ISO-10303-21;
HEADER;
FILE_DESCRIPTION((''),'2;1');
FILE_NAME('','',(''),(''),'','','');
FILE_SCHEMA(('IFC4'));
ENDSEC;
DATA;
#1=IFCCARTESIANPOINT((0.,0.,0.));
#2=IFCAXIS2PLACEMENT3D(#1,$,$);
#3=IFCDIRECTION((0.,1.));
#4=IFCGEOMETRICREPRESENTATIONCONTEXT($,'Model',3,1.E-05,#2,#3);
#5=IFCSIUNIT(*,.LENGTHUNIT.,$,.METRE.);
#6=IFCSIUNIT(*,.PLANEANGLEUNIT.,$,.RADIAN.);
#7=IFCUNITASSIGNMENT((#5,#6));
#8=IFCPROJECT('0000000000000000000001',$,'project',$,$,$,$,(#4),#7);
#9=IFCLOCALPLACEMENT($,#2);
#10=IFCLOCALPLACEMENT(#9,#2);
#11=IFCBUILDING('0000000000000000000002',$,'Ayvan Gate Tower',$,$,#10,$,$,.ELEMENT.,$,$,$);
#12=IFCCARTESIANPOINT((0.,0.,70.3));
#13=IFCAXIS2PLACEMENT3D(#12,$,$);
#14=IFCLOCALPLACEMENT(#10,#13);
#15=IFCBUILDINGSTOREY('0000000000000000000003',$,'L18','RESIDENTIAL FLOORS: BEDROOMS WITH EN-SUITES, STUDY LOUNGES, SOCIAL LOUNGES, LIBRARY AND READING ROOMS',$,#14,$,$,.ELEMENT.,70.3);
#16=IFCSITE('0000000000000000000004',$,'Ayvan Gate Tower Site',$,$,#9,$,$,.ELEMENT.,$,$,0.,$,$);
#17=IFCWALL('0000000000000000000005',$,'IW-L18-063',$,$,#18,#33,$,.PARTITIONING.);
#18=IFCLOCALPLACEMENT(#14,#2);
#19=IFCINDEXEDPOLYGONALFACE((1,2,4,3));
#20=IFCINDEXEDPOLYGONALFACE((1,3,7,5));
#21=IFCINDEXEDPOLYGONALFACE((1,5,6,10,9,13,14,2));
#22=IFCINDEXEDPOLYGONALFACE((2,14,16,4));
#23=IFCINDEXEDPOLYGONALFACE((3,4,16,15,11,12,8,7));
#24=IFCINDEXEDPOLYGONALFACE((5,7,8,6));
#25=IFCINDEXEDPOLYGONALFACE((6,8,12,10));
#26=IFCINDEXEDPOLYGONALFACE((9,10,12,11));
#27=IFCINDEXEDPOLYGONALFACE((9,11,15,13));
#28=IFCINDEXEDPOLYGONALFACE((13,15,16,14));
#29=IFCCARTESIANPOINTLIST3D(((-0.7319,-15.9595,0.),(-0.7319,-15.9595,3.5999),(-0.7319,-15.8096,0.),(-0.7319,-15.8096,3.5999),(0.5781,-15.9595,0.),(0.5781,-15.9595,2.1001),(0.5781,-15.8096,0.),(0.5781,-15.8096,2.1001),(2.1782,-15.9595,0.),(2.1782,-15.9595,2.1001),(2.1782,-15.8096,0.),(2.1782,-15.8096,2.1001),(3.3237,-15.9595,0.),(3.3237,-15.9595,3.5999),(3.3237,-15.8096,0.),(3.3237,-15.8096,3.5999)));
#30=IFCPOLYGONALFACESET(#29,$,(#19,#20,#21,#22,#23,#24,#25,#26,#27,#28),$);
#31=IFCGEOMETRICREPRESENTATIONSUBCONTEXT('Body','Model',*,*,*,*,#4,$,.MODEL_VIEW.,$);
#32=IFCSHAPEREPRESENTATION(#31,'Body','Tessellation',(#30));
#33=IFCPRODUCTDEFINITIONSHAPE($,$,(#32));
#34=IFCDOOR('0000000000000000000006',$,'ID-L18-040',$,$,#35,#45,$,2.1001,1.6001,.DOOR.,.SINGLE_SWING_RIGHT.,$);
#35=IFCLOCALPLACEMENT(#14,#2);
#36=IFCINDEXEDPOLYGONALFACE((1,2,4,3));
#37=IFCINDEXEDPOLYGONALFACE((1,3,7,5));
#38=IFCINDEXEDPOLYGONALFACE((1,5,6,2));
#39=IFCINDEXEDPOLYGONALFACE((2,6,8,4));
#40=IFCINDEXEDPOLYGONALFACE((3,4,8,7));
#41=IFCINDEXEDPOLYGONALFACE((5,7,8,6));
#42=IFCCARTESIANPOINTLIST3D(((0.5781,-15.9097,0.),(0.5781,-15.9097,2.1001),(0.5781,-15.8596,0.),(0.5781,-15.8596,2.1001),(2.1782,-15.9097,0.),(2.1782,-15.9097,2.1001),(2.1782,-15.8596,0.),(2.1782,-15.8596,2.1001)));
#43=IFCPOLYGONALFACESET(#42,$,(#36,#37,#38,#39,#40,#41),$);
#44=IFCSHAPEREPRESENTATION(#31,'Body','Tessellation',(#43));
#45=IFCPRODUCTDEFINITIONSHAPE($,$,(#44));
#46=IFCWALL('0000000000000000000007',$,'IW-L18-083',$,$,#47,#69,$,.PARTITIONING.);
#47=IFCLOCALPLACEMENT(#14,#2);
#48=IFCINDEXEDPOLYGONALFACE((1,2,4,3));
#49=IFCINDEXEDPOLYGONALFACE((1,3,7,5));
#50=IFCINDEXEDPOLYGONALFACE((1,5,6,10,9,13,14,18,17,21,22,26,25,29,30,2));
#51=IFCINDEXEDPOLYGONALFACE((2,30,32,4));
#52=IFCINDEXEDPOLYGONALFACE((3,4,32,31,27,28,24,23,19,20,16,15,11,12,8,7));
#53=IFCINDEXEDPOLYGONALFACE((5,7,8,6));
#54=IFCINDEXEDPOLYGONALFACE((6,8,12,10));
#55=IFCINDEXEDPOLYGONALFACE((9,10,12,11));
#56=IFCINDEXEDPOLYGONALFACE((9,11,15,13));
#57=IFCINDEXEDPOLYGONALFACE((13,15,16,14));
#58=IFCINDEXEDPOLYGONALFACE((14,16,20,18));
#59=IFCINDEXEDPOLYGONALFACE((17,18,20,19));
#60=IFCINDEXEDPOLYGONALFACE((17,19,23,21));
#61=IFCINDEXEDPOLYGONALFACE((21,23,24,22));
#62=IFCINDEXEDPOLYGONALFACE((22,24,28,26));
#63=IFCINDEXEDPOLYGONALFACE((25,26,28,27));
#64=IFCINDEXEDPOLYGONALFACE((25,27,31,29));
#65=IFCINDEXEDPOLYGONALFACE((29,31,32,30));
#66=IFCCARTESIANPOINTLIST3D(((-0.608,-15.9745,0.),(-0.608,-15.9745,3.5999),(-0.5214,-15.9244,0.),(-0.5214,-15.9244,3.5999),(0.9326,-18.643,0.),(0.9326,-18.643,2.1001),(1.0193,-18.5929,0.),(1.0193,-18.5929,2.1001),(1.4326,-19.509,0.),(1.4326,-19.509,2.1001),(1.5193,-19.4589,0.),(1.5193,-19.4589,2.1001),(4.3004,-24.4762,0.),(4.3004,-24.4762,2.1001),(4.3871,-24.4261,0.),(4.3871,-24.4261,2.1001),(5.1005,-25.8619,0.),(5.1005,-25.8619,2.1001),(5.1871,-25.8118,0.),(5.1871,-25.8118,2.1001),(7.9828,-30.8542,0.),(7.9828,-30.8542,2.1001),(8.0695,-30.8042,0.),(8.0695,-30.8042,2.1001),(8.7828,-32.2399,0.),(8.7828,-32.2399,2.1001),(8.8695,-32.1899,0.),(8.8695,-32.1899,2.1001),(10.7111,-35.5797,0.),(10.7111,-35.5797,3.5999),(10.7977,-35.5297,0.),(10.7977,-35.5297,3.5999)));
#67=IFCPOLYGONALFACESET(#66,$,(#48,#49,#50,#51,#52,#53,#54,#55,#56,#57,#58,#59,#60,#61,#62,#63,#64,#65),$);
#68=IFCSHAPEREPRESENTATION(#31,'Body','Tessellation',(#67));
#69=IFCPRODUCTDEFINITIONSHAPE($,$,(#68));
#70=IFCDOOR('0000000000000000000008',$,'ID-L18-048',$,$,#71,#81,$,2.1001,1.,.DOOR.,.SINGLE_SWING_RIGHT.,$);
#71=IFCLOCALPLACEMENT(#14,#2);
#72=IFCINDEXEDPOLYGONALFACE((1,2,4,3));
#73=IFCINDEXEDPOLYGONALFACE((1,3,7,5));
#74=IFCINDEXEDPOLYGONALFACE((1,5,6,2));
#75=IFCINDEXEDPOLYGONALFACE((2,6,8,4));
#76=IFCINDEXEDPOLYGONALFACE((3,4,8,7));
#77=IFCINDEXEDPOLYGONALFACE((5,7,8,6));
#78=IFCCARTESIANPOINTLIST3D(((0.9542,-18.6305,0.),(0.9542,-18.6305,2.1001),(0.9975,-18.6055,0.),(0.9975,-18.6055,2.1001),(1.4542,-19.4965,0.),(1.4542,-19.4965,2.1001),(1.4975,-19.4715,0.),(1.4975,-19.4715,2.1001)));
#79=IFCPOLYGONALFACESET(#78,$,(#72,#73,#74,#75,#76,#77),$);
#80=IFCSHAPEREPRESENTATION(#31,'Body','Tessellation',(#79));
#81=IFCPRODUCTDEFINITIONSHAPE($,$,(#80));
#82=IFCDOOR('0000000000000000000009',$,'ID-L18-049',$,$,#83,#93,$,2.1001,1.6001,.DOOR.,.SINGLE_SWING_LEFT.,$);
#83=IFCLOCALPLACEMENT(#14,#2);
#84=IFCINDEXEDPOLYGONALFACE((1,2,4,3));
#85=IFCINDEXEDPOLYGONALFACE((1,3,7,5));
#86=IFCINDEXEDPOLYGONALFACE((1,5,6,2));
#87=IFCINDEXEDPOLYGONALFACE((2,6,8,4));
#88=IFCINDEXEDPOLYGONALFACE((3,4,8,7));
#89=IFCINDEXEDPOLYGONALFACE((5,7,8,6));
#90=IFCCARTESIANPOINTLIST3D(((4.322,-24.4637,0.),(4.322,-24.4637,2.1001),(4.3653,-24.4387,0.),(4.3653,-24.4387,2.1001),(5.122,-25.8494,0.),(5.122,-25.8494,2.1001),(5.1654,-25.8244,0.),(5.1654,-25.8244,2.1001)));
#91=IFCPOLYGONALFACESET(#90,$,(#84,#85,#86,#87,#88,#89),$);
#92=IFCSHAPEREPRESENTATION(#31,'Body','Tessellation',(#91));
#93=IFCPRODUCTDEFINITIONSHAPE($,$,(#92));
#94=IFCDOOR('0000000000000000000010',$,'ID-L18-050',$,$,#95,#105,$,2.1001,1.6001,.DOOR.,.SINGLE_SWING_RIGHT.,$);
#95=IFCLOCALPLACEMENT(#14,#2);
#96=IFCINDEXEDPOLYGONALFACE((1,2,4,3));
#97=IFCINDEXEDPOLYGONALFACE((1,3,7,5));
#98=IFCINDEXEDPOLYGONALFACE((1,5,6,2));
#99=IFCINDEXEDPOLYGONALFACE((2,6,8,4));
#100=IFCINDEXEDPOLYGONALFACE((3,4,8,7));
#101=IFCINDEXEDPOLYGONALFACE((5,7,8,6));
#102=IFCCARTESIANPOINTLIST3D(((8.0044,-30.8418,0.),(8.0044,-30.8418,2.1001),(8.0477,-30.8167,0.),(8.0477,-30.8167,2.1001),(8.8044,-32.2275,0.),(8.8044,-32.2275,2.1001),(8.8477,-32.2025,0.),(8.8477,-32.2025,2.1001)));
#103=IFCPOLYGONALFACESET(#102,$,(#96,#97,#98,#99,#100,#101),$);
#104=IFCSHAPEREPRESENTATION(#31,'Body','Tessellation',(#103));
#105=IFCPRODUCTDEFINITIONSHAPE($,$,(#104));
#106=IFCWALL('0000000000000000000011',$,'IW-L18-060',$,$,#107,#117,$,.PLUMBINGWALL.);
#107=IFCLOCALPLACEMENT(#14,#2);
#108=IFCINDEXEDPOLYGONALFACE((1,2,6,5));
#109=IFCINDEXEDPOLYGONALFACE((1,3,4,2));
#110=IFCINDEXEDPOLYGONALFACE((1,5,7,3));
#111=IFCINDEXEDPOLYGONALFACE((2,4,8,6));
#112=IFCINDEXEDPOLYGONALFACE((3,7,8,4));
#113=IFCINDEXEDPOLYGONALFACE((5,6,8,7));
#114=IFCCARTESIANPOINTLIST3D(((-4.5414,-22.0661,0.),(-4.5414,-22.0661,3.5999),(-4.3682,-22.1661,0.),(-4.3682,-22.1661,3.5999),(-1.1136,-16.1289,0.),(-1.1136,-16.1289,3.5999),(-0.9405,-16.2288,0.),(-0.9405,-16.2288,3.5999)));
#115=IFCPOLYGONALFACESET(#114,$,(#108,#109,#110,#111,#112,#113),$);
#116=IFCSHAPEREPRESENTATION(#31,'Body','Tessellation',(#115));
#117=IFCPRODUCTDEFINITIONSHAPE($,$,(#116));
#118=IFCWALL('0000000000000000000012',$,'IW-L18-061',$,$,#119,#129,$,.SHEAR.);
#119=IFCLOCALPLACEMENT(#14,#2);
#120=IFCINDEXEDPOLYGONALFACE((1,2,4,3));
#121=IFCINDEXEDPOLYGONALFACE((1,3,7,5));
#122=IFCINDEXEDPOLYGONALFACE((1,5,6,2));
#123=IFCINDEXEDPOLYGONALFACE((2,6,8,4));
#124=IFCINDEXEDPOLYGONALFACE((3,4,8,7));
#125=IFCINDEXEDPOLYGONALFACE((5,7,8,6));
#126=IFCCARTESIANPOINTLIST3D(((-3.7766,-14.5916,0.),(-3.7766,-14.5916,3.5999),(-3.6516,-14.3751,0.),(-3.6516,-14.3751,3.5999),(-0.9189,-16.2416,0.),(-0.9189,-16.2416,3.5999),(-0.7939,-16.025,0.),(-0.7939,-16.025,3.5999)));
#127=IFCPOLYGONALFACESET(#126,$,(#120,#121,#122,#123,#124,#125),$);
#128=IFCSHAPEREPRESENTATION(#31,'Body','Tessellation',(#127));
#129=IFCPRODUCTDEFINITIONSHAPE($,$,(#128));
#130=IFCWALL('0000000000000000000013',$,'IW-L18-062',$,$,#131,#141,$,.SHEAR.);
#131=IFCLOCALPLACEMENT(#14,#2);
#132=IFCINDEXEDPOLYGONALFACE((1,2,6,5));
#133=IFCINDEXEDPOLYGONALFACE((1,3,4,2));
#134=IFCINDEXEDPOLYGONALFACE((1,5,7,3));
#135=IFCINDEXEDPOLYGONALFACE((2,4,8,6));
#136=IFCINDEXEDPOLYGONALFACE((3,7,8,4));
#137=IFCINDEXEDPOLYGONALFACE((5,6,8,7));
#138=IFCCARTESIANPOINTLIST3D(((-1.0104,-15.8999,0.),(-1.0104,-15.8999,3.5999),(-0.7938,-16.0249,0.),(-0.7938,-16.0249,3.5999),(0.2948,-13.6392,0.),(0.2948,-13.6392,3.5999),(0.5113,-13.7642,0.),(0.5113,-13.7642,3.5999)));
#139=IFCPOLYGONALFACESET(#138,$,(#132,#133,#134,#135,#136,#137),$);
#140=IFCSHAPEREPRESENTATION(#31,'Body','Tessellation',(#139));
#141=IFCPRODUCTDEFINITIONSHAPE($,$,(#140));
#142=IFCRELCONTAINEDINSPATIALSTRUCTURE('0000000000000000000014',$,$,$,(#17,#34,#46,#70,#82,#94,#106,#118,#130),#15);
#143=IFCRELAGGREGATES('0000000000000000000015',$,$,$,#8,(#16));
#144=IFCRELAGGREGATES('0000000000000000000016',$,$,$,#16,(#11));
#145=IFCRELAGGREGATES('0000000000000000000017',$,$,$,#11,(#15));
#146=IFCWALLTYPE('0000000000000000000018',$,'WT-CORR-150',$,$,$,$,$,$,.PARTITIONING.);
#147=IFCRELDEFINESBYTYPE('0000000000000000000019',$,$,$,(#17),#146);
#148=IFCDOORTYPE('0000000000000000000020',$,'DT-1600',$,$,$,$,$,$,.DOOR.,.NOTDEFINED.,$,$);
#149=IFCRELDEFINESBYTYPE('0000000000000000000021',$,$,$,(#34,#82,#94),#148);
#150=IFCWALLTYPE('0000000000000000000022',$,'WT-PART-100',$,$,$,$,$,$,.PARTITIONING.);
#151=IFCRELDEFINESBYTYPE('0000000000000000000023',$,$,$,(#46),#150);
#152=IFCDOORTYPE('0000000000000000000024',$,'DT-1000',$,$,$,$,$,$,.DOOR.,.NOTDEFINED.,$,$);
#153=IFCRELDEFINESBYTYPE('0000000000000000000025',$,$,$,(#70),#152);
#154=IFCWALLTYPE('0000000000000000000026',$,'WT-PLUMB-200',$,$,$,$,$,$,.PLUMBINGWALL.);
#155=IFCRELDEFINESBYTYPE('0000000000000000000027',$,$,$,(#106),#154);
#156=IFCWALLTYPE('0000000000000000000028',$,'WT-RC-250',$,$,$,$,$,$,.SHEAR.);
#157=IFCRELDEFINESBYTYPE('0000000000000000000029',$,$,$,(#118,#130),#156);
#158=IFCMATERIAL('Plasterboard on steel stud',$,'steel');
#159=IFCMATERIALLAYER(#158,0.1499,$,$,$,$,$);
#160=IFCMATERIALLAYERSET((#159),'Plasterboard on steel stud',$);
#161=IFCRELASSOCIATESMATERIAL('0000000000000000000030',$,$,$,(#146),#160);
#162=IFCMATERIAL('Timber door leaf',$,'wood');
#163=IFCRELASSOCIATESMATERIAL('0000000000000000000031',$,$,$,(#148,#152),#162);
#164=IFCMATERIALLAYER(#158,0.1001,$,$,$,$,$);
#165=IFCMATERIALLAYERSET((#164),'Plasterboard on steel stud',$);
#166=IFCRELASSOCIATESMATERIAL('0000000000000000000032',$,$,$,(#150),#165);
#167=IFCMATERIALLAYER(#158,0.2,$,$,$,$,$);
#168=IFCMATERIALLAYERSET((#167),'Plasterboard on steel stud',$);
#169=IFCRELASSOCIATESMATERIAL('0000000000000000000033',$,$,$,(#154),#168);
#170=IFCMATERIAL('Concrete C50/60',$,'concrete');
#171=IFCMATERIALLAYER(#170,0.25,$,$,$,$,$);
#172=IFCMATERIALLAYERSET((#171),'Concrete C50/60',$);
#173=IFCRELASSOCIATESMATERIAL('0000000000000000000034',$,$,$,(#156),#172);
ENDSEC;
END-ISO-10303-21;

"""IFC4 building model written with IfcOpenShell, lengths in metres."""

from ifc_helpers import new_model, si_unit, direction, frame, frame_2d, origin, place, context, subcontext, project, spatial, rectangle, extrude, material, layer, layer_set, type_object, element, fill, save


model = new_model("IFC4")

# Units and contexts
model_context = context("Model", 3, precision=1e-05, world=origin(), true_north=direction((0.0, 1.0)))
body_context = subcontext(model_context, "Body", "Model", "MODEL_VIEW")
ifc_project = project(units=[si_unit("LENGTHUNIT", "METRE"), si_unit("PLANEANGLEUNIT", "RADIAN")], contexts=[model_context])

# Site, building, storey
site_placement = place(None, origin())
site = spatial("IfcSite", under=ifc_project, at=site_placement, Name="Ayvan Gate Tower Site", CompositionType="ELEMENT", RefElevation=0.0)
building_placement = place(site_placement, origin())
building = spatial("IfcBuilding", under=site, at=building_placement, Name="Ayvan Gate Tower", CompositionType="ELEMENT")
storey_placement = place(building_placement, frame((0.0, 0.0, 70.3)))
storey = spatial("IfcBuildingStorey", under=building, at=storey_placement, Name="L18", Description="RESIDENTIAL FLOORS: BEDROOMS WITH EN-SUITES, STUDY LOUNGES, SOCIAL LOUNGES, LIBRARY AND READING ROOMS", CompositionType="ELEMENT", Elevation=70.3)

# Wall, opening, door
ifc_material_1 = material(Name="Plasterboard on steel stud", Category="steel")
ifc_layer_1 = layer(ifc_material_1, 0.1499)
ifc_layer_set_1 = layer_set([ifc_layer_1], Name="Plasterboard on steel stud")
wall_type_1 = type_object("IfcWallType", Name="WT-CORR-150", PredefinedType="PARTITIONING", material=ifc_layer_set_1)
wall_1_placement = place(storey_placement, frame((-0.7319, -15.8845, 0.0), z_axis=(0.0, 0.0, 1.0), x_axis=(1.0, 0.0, 0.0)))
wall_1 = element("IfcWall", 1, at=wall_1_placement, inside=storey, type_object=wall_type_1, Name="IW-L18-063", PredefinedType="PARTITIONING", context=body_context, shape_type="SweptSolid", body=[
    extrude(rectangle(XDim=4.0557, YDim=0.1499, at=frame_2d((2.0278, 0.0))), origin(), (0.0, 0.0, 1.0), 3.5999),
])
opening_1_placement = place(wall_1_placement, frame((1.3101, 0.0, 0.0)))
opening_1 = element("IfcOpeningElement", 2, at=opening_1_placement, cuts=wall_1, PredefinedType="OPENING", context=body_context, shape_type="SweptSolid", body=[
    extrude(rectangle(XDim=1.6001, YDim=2.1001, at=frame_2d((0.8, 1.05))), frame((0.0, 0.085, 0.0), z_axis=(0.0, -1.0, 0.0), x_axis=(1.0, 0.0, 0.0)), (0.0, 0.0, 1.0), 0.1699),
])
ifc_material_2 = material(Name="Timber door leaf", Category="wood")
door_type_1 = type_object("IfcDoorType", Name="DT-1600", OperationType="NOTDEFINED", PredefinedType="DOOR", material=ifc_material_2)
door_1_placement = place(opening_1_placement, origin())
door_1 = element("IfcDoor", 3, at=door_1_placement, inside=storey, type_object=door_type_1, Name="ID-L18-040", OperationType="SINGLE_SWING_RIGHT", OverallHeight=2.1001, OverallWidth=1.6001, PredefinedType="DOOR", context=body_context, shape_type="SweptSolid", body=[
    extrude(rectangle(XDim=1.6001, YDim=2.1001, at=frame_2d((0.8, 1.05))), frame((0.0, 0.0249, 0.0), z_axis=(0.0, -1.0, 0.0), x_axis=(1.0, 0.0, 0.0)), (0.0, 0.0, 1.0), 0.05),
])
fill(opening_1, door_1)

# Wall, openings, doors
ifc_layer_2 = layer(ifc_material_1, 0.1001)
ifc_layer_set_2 = layer_set([ifc_layer_2], Name="Plasterboard on steel stud")
wall_type_2 = type_object("IfcWallType", Name="WT-PART-100", PredefinedType="PARTITIONING", material=ifc_layer_set_2)
wall_2_placement = place(storey_placement, frame((-0.5647, -15.9495, 0.0), z_axis=(0.0, 0.0, 1.0), x_axis=(0.5, -0.866025, 0.0)))
wall_2 = element("IfcWall", 4, at=wall_2_placement, inside=storey, type_object=wall_type_2, Name="IW-L18-083", PredefinedType="PARTITIONING", context=body_context, shape_type="SweptSolid", body=[
    extrude(rectangle(XDim=22.6382, YDim=0.1001, at=frame_2d((11.3191, 0.0))), origin(), (0.0, 0.0, 1.0), 3.5999),
])
opening_2_placement = place(wall_2_placement, frame((3.0813, 0.0, 0.0)))
opening_2 = element("IfcOpeningElement", 5, at=opening_2_placement, cuts=wall_2, PredefinedType="OPENING", context=body_context, shape_type="SweptSolid", body=[
    extrude(rectangle(XDim=1.0, YDim=2.1001, at=frame_2d((0.5, 1.05))), frame((0.0, 0.0601, 0.0), z_axis=(0.0, -1.0, 0.0), x_axis=(1.0, 0.0, 0.0)), (0.0, 0.0, 1.0), 0.1201),
])
opening_3_placement = place(wall_2_placement, frame((9.8169, 0.0, 0.0)))
opening_3 = element("IfcOpeningElement", 6, at=opening_3_placement, cuts=wall_2, PredefinedType="OPENING", context=body_context, shape_type="SweptSolid", body=[
    extrude(rectangle(XDim=1.6001, YDim=2.1001, at=frame_2d((0.8, 1.05))), frame((0.0, 0.0601, 0.0), z_axis=(0.0, -1.0, 0.0), x_axis=(1.0, 0.0, 0.0)), (0.0, 0.0, 1.0), 0.1201),
])
opening_4_placement = place(wall_2_placement, frame((17.1816, 0.0, 0.0)))
opening_4 = element("IfcOpeningElement", 7, at=opening_4_placement, cuts=wall_2, PredefinedType="OPENING", context=body_context, shape_type="SweptSolid", body=[
    extrude(rectangle(XDim=1.6001, YDim=2.1001, at=frame_2d((0.8, 1.05))), frame((0.0, 0.0601, 0.0), z_axis=(0.0, -1.0, 0.0), x_axis=(1.0, 0.0, 0.0)), (0.0, 0.0, 1.0), 0.1201),
])
door_type_2 = type_object("IfcDoorType", Name="DT-1000", OperationType="NOTDEFINED", PredefinedType="DOOR", material=ifc_material_2)
door_2_placement = place(opening_2_placement, origin())
door_2 = element("IfcDoor", 8, at=door_2_placement, inside=storey, type_object=door_type_2, Name="ID-L18-048", OperationType="SINGLE_SWING_RIGHT", OverallHeight=2.1001, OverallWidth=1.0, PredefinedType="DOOR", context=body_context, shape_type="SweptSolid", body=[
    extrude(rectangle(XDim=1.0, YDim=2.1001, at=frame_2d((0.5, 1.05))), frame((0.0, 0.0249, 0.0), z_axis=(0.0, -1.0, 0.0), x_axis=(1.0, 0.0, 0.0)), (0.0, 0.0, 1.0), 0.05),
])
fill(opening_2, door_2)
door_3_placement = place(opening_3_placement, origin())
door_3 = element("IfcDoor", 9, at=door_3_placement, inside=storey, type_object=door_type_1, Name="ID-L18-049", OperationType="SINGLE_SWING_LEFT", OverallHeight=2.1001, OverallWidth=1.6001, PredefinedType="DOOR", context=body_context, shape_type="SweptSolid", body=[
    extrude(rectangle(XDim=1.6001, YDim=2.1001, at=frame_2d((0.8, 1.05))), frame((0.0, 0.0249, 0.0), z_axis=(0.0, -1.0, 0.0), x_axis=(1.0, 0.0, 0.0)), (0.0, 0.0, 1.0), 0.05),
])
fill(opening_3, door_3)
door_4_placement = place(opening_4_placement, origin())
door_4 = element("IfcDoor", 10, at=door_4_placement, inside=storey, type_object=door_type_1, Name="ID-L18-050", OperationType="SINGLE_SWING_RIGHT", OverallHeight=2.1001, OverallWidth=1.6001, PredefinedType="DOOR", context=body_context, shape_type="SweptSolid", body=[
    extrude(rectangle(XDim=1.6001, YDim=2.1001, at=frame_2d((0.8, 1.05))), frame((0.0, 0.0249, 0.0), z_axis=(0.0, -1.0, 0.0), x_axis=(1.0, 0.0, 0.0)), (0.0, 0.0, 1.0), 0.05),
])
fill(opening_4, door_4)

# Walls
ifc_layer_3 = layer(ifc_material_1, 0.2)
ifc_layer_set_3 = layer_set([ifc_layer_3], Name="Plasterboard on steel stud")
wall_type_3 = type_object("IfcWallType", Name="WT-PLUMB-200", PredefinedType="PLUMBINGWALL", material=ifc_layer_set_3)
wall_3_placement = place(storey_placement, frame((-1.0271, -16.179, 0.0), z_axis=(0.0, 0.0, 1.0), x_axis=(-0.499984, -0.866034, 0.0)))
element("IfcWall", 11, at=wall_3_placement, inside=storey, type_object=wall_type_3, Name="IW-L18-060", PredefinedType="PLUMBINGWALL", context=body_context, shape_type="SweptSolid", body=[
    extrude(rectangle(XDim=6.8557, YDim=0.2, at=frame_2d((3.4277, 0.0))), origin(), (0.0, 0.0, 1.0), 3.5999),
])
ifc_material_3 = material(Name="Concrete C50/60", Category="concrete")
ifc_layer_4 = layer(ifc_material_3, 0.25)
ifc_layer_set_4 = layer_set([ifc_layer_4], Name="Concrete C50/60")
wall_type_4 = type_object("IfcWallType", Name="WT-RC-250", PredefinedType="SHEAR", material=ifc_layer_set_4)
wall_4_placement = place(storey_placement, frame((-0.8564, -16.1333, 0.0), z_axis=(0.0, 0.0, 1.0), x_axis=(-0.866022, 0.500006, 0.0)))
element("IfcWall", 12, at=wall_4_placement, inside=storey, type_object=wall_type_4, Name="IW-L18-061", PredefinedType="SHEAR", context=body_context, shape_type="SweptSolid", body=[
    extrude(rectangle(XDim=3.2998, YDim=0.25, at=frame_2d((1.6499, 0.0))), origin(), (0.0, 0.0, 1.0), 3.5999),
])
wall_5_placement = place(storey_placement, frame((-0.9021, -15.9624, 0.0), z_axis=(0.0, 0.0, 1.0), x_axis=(0.499982, 0.866036, 0.0)))
element("IfcWall", 13, at=wall_5_placement, inside=storey, type_object=wall_type_4, Name="IW-L18-062", PredefinedType="SHEAR", context=body_context, shape_type="SweptSolid", body=[
    extrude(rectangle(XDim=2.6104, YDim=0.25, at=frame_2d((1.3052, 0.0))), origin(), (0.0, 0.0, 1.0), 3.5999),
])

save(model, "model.ifc")
